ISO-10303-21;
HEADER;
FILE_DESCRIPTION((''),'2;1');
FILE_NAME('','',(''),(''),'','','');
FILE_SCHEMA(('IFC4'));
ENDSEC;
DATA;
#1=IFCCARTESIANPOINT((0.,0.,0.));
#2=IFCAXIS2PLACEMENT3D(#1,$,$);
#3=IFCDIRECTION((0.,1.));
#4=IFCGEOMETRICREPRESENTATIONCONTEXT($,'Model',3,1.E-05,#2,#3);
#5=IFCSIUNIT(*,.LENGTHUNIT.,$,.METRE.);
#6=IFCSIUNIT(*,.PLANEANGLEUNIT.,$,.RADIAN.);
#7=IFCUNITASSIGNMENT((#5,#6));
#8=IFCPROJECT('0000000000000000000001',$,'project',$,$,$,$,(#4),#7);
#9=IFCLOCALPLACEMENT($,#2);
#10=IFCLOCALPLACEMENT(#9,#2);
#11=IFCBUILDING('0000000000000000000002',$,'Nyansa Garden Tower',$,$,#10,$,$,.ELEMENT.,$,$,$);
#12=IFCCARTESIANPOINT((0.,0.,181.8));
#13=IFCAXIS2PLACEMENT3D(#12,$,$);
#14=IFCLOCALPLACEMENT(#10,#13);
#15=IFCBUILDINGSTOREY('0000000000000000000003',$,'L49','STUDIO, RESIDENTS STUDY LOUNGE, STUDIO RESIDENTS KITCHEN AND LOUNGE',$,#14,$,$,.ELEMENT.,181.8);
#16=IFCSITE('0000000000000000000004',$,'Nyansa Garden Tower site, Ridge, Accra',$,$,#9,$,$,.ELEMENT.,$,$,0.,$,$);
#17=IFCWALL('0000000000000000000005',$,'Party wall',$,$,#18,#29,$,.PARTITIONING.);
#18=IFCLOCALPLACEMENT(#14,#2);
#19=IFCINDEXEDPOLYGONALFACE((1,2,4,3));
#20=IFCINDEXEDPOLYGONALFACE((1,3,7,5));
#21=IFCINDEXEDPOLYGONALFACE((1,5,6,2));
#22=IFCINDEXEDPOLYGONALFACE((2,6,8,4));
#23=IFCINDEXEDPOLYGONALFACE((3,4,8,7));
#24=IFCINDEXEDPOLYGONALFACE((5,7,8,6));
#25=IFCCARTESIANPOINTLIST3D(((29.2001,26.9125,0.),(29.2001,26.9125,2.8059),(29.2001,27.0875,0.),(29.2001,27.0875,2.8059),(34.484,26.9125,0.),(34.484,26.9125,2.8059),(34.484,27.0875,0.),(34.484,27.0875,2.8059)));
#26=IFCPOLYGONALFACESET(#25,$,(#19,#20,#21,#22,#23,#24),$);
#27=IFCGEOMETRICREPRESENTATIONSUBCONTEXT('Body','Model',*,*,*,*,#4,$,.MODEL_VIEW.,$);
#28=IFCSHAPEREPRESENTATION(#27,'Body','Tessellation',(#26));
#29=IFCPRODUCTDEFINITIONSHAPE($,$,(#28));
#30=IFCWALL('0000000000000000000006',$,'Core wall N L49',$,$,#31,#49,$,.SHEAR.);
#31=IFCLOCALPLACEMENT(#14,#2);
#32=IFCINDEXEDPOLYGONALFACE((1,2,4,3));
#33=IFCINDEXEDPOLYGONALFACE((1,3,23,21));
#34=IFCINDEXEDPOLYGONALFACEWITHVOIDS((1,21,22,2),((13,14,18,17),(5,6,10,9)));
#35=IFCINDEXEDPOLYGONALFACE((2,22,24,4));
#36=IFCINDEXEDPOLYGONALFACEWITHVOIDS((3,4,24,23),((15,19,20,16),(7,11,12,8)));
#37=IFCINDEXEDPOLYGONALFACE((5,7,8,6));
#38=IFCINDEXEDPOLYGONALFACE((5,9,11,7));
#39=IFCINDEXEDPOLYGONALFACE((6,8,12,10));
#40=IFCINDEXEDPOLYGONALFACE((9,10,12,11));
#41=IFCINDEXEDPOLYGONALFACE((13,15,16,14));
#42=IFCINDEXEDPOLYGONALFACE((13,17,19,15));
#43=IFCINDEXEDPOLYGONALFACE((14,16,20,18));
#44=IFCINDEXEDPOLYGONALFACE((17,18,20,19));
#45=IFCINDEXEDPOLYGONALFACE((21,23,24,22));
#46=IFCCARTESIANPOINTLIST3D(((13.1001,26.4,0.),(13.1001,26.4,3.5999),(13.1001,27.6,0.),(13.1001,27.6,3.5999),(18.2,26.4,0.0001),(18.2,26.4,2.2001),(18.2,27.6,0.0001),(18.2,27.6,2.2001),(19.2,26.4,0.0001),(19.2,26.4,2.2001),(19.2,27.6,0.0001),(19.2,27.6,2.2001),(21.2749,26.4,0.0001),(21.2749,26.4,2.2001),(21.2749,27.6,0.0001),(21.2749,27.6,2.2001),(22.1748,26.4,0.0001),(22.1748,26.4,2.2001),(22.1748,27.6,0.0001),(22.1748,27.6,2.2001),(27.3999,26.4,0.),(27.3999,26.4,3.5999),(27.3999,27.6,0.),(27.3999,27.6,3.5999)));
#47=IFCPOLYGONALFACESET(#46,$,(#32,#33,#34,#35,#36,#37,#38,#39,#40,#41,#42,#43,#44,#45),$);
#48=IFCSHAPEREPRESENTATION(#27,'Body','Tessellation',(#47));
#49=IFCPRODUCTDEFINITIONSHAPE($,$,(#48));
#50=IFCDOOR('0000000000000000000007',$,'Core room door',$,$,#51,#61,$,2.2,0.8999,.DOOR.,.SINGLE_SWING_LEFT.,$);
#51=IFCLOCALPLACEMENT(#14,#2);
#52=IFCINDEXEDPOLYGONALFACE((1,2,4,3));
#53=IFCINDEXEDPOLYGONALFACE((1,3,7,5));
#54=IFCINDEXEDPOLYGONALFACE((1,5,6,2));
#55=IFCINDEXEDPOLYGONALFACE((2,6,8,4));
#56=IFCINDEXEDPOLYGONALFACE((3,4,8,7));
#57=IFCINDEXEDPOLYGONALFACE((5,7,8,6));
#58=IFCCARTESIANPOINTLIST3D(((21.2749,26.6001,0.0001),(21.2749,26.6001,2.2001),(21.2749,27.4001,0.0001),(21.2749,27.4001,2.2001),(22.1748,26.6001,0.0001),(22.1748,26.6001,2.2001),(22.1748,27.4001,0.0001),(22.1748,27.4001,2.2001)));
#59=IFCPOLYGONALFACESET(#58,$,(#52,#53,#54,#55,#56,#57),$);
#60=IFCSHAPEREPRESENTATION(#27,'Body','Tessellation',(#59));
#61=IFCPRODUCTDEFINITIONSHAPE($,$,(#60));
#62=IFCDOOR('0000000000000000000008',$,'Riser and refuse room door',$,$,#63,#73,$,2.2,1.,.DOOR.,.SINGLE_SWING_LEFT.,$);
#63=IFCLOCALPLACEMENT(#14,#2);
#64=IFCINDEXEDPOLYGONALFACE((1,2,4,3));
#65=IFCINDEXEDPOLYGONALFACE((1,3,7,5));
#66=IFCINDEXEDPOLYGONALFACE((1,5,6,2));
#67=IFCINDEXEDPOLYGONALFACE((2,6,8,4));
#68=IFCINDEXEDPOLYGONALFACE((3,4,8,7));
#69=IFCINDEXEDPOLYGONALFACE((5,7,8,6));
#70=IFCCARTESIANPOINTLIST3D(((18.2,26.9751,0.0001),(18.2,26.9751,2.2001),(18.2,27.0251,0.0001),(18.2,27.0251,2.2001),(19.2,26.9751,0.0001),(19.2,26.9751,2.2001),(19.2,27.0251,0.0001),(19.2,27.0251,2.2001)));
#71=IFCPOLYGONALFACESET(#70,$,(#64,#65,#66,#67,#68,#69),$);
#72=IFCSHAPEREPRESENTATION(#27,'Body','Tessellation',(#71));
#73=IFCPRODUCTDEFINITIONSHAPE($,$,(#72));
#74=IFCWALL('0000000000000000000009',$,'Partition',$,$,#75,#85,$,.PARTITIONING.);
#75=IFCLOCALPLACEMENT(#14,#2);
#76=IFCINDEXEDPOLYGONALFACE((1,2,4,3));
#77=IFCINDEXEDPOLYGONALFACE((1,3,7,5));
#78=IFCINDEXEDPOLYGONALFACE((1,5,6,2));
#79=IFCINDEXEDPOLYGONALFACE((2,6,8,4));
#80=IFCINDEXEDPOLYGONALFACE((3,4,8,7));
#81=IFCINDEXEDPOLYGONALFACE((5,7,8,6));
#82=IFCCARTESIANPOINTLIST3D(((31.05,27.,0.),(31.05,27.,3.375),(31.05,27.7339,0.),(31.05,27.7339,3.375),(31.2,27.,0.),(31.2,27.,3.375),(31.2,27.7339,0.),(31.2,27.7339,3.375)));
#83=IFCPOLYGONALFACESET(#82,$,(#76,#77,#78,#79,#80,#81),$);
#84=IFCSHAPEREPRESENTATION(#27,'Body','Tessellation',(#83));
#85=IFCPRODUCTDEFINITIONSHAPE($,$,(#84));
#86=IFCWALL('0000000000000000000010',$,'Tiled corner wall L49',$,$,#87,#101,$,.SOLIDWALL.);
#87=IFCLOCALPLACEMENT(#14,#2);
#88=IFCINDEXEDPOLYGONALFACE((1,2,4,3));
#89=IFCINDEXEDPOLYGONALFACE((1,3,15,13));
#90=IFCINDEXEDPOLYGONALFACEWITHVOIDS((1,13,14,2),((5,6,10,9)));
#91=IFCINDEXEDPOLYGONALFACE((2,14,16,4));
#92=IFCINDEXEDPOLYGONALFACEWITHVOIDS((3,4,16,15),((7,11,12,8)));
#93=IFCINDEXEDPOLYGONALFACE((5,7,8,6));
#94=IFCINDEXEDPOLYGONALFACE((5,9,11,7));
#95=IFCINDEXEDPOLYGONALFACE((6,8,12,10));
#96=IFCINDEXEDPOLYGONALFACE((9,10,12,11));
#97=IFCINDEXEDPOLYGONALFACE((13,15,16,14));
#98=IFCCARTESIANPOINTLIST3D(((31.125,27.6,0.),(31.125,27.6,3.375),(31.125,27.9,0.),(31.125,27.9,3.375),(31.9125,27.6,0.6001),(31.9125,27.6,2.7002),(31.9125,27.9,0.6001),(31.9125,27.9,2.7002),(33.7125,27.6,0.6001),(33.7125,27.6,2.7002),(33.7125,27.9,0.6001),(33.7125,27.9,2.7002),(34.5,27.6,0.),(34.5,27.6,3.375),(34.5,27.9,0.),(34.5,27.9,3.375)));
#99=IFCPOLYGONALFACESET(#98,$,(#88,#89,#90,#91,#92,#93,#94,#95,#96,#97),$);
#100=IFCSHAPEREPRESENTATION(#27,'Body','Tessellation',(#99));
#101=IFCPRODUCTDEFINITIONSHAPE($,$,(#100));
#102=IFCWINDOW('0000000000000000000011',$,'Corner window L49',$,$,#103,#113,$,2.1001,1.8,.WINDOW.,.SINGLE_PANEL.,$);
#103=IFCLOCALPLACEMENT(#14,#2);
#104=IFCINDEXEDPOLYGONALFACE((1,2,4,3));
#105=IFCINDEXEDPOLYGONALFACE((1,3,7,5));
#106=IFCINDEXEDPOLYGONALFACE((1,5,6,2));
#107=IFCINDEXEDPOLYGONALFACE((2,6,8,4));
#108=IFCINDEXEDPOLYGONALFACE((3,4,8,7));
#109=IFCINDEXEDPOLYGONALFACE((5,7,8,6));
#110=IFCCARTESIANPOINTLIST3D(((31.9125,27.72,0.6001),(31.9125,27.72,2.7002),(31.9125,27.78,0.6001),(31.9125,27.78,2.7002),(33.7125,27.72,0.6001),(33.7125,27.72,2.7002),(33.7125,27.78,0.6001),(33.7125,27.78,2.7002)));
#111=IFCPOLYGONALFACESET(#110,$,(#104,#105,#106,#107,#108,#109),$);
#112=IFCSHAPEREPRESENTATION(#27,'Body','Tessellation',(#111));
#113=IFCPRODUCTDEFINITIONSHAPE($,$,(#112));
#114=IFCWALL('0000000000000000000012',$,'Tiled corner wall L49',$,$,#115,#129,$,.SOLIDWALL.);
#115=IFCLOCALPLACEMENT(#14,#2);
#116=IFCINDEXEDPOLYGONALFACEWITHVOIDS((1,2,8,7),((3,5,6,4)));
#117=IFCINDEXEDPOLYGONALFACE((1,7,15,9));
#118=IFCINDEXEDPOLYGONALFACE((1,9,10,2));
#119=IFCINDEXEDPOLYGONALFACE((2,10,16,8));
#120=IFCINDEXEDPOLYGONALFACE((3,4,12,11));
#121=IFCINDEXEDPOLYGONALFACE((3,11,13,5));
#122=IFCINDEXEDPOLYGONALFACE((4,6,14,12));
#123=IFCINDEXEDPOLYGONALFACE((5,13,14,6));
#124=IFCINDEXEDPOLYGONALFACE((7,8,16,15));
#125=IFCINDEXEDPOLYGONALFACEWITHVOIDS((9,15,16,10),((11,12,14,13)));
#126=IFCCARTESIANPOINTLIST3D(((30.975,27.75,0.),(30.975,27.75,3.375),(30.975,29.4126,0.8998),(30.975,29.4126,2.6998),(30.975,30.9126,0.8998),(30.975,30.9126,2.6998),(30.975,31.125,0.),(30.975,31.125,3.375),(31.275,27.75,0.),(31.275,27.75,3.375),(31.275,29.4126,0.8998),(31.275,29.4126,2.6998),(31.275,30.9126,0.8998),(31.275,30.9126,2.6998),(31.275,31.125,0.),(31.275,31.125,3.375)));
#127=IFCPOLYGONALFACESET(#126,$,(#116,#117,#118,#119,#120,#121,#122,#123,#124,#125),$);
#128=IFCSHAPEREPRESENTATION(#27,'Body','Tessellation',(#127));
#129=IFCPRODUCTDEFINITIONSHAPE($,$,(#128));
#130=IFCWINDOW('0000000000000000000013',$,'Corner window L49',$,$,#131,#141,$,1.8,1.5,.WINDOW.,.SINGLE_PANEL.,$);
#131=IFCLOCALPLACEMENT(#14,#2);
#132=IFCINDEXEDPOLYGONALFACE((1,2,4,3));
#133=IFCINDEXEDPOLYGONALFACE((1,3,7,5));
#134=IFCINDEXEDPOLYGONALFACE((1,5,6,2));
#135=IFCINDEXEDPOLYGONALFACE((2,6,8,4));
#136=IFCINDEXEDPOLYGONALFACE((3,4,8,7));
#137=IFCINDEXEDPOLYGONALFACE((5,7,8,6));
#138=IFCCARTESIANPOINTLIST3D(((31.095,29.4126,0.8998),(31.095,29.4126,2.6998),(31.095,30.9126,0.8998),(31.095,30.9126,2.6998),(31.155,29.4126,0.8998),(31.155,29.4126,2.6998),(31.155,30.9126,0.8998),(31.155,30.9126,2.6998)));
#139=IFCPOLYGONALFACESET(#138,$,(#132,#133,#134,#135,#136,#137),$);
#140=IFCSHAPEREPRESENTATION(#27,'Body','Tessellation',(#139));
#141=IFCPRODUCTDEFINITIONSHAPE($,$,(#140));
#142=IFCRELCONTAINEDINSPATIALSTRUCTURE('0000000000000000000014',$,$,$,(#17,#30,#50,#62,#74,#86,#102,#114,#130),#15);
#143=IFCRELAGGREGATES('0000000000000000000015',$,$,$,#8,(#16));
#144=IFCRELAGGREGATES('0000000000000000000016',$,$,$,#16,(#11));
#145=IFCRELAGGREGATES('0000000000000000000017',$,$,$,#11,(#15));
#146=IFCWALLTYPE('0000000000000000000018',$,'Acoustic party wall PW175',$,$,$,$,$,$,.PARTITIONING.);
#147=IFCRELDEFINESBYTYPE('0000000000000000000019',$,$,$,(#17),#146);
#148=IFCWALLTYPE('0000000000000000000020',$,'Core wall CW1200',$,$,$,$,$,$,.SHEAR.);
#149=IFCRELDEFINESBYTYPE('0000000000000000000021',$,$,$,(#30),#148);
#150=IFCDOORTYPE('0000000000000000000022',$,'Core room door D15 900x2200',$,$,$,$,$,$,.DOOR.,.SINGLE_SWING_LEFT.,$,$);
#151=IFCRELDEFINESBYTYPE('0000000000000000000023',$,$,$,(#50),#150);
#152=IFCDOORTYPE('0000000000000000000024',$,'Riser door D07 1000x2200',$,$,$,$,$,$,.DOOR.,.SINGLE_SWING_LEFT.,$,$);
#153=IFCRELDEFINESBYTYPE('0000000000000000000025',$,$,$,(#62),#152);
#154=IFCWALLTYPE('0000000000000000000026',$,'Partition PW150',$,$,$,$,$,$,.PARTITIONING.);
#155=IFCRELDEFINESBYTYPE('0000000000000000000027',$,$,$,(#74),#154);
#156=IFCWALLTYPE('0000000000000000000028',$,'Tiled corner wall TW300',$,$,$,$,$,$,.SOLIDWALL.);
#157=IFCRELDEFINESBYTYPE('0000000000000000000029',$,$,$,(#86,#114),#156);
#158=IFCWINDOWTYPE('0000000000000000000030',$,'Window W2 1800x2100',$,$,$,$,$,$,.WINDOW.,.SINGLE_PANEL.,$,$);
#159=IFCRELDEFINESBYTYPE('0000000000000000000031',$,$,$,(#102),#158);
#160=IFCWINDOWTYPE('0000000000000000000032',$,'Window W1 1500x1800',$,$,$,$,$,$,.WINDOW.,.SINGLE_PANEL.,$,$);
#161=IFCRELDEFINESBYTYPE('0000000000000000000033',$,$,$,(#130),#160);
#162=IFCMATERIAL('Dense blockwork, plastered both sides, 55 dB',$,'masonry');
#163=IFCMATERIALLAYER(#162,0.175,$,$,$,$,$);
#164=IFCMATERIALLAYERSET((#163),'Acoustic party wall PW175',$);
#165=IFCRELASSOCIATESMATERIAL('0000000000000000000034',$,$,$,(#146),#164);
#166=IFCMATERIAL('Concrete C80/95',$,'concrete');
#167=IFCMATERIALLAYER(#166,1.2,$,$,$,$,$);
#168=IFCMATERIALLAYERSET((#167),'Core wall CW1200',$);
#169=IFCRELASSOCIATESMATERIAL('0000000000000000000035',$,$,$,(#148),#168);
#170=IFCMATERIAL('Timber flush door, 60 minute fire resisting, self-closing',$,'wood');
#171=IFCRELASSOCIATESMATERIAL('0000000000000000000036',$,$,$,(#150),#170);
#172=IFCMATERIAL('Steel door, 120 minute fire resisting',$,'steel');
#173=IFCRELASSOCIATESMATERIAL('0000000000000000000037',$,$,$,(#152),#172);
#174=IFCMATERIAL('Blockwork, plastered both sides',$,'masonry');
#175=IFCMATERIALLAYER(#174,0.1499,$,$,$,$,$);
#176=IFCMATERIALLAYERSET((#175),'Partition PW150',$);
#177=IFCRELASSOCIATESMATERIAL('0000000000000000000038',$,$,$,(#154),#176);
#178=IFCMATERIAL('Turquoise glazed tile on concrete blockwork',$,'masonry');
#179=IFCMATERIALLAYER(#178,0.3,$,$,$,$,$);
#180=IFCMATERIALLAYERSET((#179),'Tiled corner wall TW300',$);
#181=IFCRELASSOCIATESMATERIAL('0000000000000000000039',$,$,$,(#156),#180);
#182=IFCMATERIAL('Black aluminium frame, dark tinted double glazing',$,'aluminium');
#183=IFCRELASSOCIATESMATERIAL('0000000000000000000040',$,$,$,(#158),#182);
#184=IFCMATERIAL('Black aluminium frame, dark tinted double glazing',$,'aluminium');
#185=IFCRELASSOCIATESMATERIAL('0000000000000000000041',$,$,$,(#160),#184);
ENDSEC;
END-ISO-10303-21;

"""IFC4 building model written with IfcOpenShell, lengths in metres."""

from ifc_helpers import new_model, si_unit, direction, frame, frame_2d, origin, place, context, subcontext, project, spatial, rectangle, extrude, material, layer, layer_set, type_object, element, fill, save


model = new_model("IFC4")

# Units and contexts
model_context = context("Model", 3, precision=1e-05, world=origin(), true_north=direction((0.0, 1.0)))
body_context = subcontext(model_context, "Body", "Model", "MODEL_VIEW")
ifc_project = project(units=[si_unit("LENGTHUNIT", "METRE"), si_unit("PLANEANGLEUNIT", "RADIAN")], contexts=[model_context])

# Site, building, storey
site_placement = place(None, origin())
site = spatial("IfcSite", under=ifc_project, at=site_placement, Name="Nyansa Garden Tower site, Ridge, Accra", CompositionType="ELEMENT", RefElevation=0.0)
building_placement = place(site_placement, origin())
building = spatial("IfcBuilding", under=site, at=building_placement, Name="Nyansa Garden Tower", CompositionType="ELEMENT")
storey_placement = place(building_placement, frame((0.0, 0.0, 181.8)))
storey = spatial("IfcBuildingStorey", under=building, at=storey_placement, Name="L49", Description="STUDIO, RESIDENTS STUDY LOUNGE, STUDIO RESIDENTS KITCHEN AND LOUNGE", CompositionType="ELEMENT", Elevation=181.8)

# Wall
ifc_material_1 = material(Name="Dense blockwork, plastered both sides, 55 dB", Category="masonry")
ifc_layer_1 = layer(ifc_material_1, 0.175)
ifc_layer_set_1 = layer_set([ifc_layer_1], Name="Acoustic party wall PW175")
wall_type_1 = type_object("IfcWallType", Name="Acoustic party wall PW175", PredefinedType="PARTITIONING", material=ifc_layer_set_1)
wall_1_placement = place(storey_placement, frame((29.2, 27.0, 0.0), z_axis=(0.0, 0.0, 1.0), x_axis=(1.0, 0.0, 0.0)))
element("IfcWall", 1, at=wall_1_placement, inside=storey, type_object=wall_type_1, Name="Party wall", PredefinedType="PARTITIONING", context=body_context, shape_type="SweptSolid", body=[
    extrude(rectangle(XDim=5.2839, YDim=0.175, at=frame_2d((2.6421, 0.0))), origin(), (0.0, 0.0, 1.0), 2.8059),
])

# Wall, openings, doors
ifc_material_2 = material(Name="Concrete C80/95", Category="concrete")
ifc_layer_2 = layer(ifc_material_2, 1.2)
ifc_layer_set_2 = layer_set([ifc_layer_2], Name="Core wall CW1200")
wall_type_2 = type_object("IfcWallType", Name="Core wall CW1200", PredefinedType="SHEAR", material=ifc_layer_set_2)
wall_2_placement = place(storey_placement, frame((27.3999, 27.0, 0.0), z_axis=(0.0, 0.0, 1.0), x_axis=(-1.0, 0.0, 0.0)))
wall_2 = element("IfcWall", 2, at=wall_2_placement, inside=storey, type_object=wall_type_2, Name="Core wall N L49", PredefinedType="SHEAR", context=body_context, shape_type="SweptSolid", body=[
    extrude(rectangle(XDim=14.2998, YDim=1.2, at=frame_2d((7.1499, 0.0))), origin(), (0.0, 0.0, 1.0), 3.5999),
])
opening_1_placement = place(wall_2_placement, frame((5.2251, 0.0, 0.0)))
opening_1 = element("IfcOpeningElement", 3, at=opening_1_placement, cuts=wall_2, PredefinedType="OPENING", context=body_context, shape_type="SweptSolid", body=[
    extrude(rectangle(XDim=0.8999, YDim=2.2, at=frame_2d((0.45, 1.1001))), frame((0.0, 0.6099, 0.0), z_axis=(0.0, -1.0, 0.0), x_axis=(1.0, 0.0, 0.0)), (0.0, 0.0, 1.0), 1.22),
])
opening_2_placement = place(wall_2_placement, frame((8.2, 0.0, 0.0)))
opening_2 = element("IfcOpeningElement", 4, at=opening_2_placement, cuts=wall_2, PredefinedType="OPENING", context=body_context, shape_type="SweptSolid", body=[
    extrude(rectangle(XDim=1.0, YDim=2.2, at=frame_2d((0.5, 1.1001))), frame((0.0, 0.6099, 0.0), z_axis=(0.0, -1.0, 0.0), x_axis=(1.0, 0.0, 0.0)), (0.0, 0.0, 1.0), 1.22),
])
ifc_material_3 = material(Name="Timber flush door, 60 minute fire resisting, self-closing", Category="wood")
door_type_1 = type_object("IfcDoorType", Name="Core room door D15 900x2200", OperationType="SINGLE_SWING_LEFT", PredefinedType="DOOR", material=ifc_material_3)
door_1_placement = place(opening_1_placement, origin())
door_1 = element("IfcDoor", 5, at=door_1_placement, inside=storey, type_object=door_type_1, Name="Core room door", OperationType="SINGLE_SWING_LEFT", OverallHeight=2.2, OverallWidth=0.8999, PredefinedType="DOOR", context=body_context, shape_type="SweptSolid", body=[
    extrude(rectangle(XDim=0.8999, YDim=2.2, at=frame_2d((0.45, 1.1001))), frame((0.0, 0.3999, 0.0), z_axis=(0.0, -1.0, 0.0), x_axis=(1.0, 0.0, 0.0)), (0.0, 0.0, 1.0), 0.8),
])
fill(opening_1, door_1)
ifc_material_4 = material(Name="Steel door, 120 minute fire resisting", Category="steel")
door_type_2 = type_object("IfcDoorType", Name="Riser door D07 1000x2200", OperationType="SINGLE_SWING_LEFT", PredefinedType="DOOR", material=ifc_material_4)
door_2_placement = place(opening_2_placement, origin())
door_2 = element("IfcDoor", 6, at=door_2_placement, inside=storey, type_object=door_type_2, Name="Riser and refuse room door", OperationType="SINGLE_SWING_LEFT", OverallHeight=2.2, OverallWidth=1.0, PredefinedType="DOOR", context=body_context, shape_type="SweptSolid", body=[
    extrude(rectangle(XDim=1.0, YDim=2.2, at=frame_2d((0.5, 1.1001))), frame((0.0, 0.0249, 0.0), z_axis=(0.0, -1.0, 0.0), x_axis=(1.0, 0.0, 0.0)), (0.0, 0.0, 1.0), 0.05),
])
fill(opening_2, door_2)

# Wall
ifc_material_5 = material(Name="Blockwork, plastered both sides", Category="masonry")
ifc_layer_3 = layer(ifc_material_5, 0.1499)
ifc_layer_set_3 = layer_set([ifc_layer_3], Name="Partition PW150")
wall_type_3 = type_object("IfcWallType", Name="Partition PW150", PredefinedType="PARTITIONING", material=ifc_layer_set_3)
wall_3_placement = place(storey_placement, frame((31.125, 27.0, 0.0), z_axis=(0.0, 0.0, 1.0), x_axis=(0.0, 1.0, 0.0)))
element("IfcWall", 7, at=wall_3_placement, inside=storey, type_object=wall_type_3, Name="Partition", PredefinedType="PARTITIONING", context=body_context, shape_type="SweptSolid", body=[
    extrude(rectangle(XDim=0.7339, YDim=0.1499, at=frame_2d((0.3669, 0.0))), origin(), (0.0, 0.0, 1.0), 3.375),
])

# Walls, openings, windows
ifc_material_6 = material(Name="Turquoise glazed tile on concrete blockwork", Category="masonry")
ifc_layer_4 = layer(ifc_material_6, 0.3)
ifc_layer_set_4 = layer_set([ifc_layer_4], Name="Tiled corner wall TW300")
wall_type_4 = type_object("IfcWallType", Name="Tiled corner wall TW300", PredefinedType="SOLIDWALL", material=ifc_layer_set_4)
wall_4_placement = place(storey_placement, frame((34.5, 27.75, 0.0), z_axis=(0.0, 0.0, 1.0), x_axis=(-1.0, 0.0, 0.0)))
wall_4 = element("IfcWall", 8, at=wall_4_placement, inside=storey, type_object=wall_type_4, Name="Tiled corner wall L49", PredefinedType="SOLIDWALL", context=body_context, shape_type="SweptSolid", body=[
    extrude(rectangle(XDim=3.375, YDim=0.3, at=frame_2d((1.6875, 0.0))), origin(), (0.0, 0.0, 1.0), 3.375),
])
opening_3_placement = place(wall_4_placement, frame((0.7876, 0.0, 0.6001)))
opening_3 = element("IfcOpeningElement", 9, at=opening_3_placement, cuts=wall_4, PredefinedType="OPENING", context=body_context, shape_type="SweptSolid", body=[
    extrude(rectangle(XDim=1.8, YDim=2.1001, at=frame_2d((0.8999, 1.05))), frame((0.0, 0.1599, 0.0), z_axis=(0.0, -1.0, 0.0), x_axis=(1.0, 0.0, 0.0)), (0.0, 0.0, 1.0), 0.3201),
])
ifc_material_7 = material(Name="Black aluminium frame, dark tinted double glazing", Category="aluminium")
window_type_1 = type_object("IfcWindowType", Name="Window W2 1800x2100", PartitioningType="SINGLE_PANEL", PredefinedType="WINDOW", material=ifc_material_7)
window_1_placement = place(opening_3_placement, origin())
window_1 = element("IfcWindow", 10, at=window_1_placement, inside=storey, type_object=window_type_1, Name="Corner window L49", OverallHeight=2.1001, OverallWidth=1.8, PartitioningType="SINGLE_PANEL", PredefinedType="WINDOW", context=body_context, shape_type="SweptSolid", body=[
    extrude(rectangle(XDim=1.8, YDim=2.1001, at=frame_2d((0.8999, 1.05))), frame((0.0, 0.03, 0.0), z_axis=(0.0, -1.0, 0.0), x_axis=(1.0, 0.0, 0.0)), (0.0, 0.0, 1.0), 0.0601),
])
fill(opening_3, window_1)
wall_5_placement = place(storey_placement, frame((31.125, 27.75, 0.0), z_axis=(0.0, 0.0, 1.0), x_axis=(0.0, 1.0, 0.0)))
wall_5 = element("IfcWall", 11, at=wall_5_placement, inside=storey, type_object=wall_type_4, Name="Tiled corner wall L49", PredefinedType="SOLIDWALL", context=body_context, shape_type="SweptSolid", body=[
    extrude(rectangle(XDim=3.375, YDim=0.3, at=frame_2d((1.6875, 0.0))), origin(), (0.0, 0.0, 1.0), 3.375),
])
opening_4_placement = place(wall_5_placement, frame((1.6626, 0.0, 0.8999)))
opening_4 = element("IfcOpeningElement", 12, at=opening_4_placement, cuts=wall_5, PredefinedType="OPENING", context=body_context, shape_type="SweptSolid", body=[
    extrude(rectangle(XDim=1.5, YDim=1.8, at=frame_2d((0.75, 0.8999))), frame((0.0, 0.1599, 0.0), z_axis=(0.0, -1.0, 0.0), x_axis=(1.0, 0.0, 0.0)), (0.0, 0.0, 1.0), 0.3201),
])
ifc_material_8 = material(Name="Black aluminium frame, dark tinted double glazing", Category="aluminium")
window_type_2 = type_object("IfcWindowType", Name="Window W1 1500x1800", PartitioningType="SINGLE_PANEL", PredefinedType="WINDOW", material=ifc_material_8)
window_2_placement = place(opening_4_placement, origin())
window_2 = element("IfcWindow", 13, at=window_2_placement, inside=storey, type_object=window_type_2, Name="Corner window L49", OverallHeight=1.8, OverallWidth=1.5, PartitioningType="SINGLE_PANEL", PredefinedType="WINDOW", context=body_context, shape_type="SweptSolid", body=[
    extrude(rectangle(XDim=1.5, YDim=1.8, at=frame_2d((0.75, 0.8999))), frame((0.0, 0.03, 0.0), z_axis=(0.0, -1.0, 0.0), x_axis=(1.0, 0.0, 0.0)), (0.0, 0.0, 1.0), 0.0601),
])
fill(opening_4, window_2)

save(model, "model.ifc")
